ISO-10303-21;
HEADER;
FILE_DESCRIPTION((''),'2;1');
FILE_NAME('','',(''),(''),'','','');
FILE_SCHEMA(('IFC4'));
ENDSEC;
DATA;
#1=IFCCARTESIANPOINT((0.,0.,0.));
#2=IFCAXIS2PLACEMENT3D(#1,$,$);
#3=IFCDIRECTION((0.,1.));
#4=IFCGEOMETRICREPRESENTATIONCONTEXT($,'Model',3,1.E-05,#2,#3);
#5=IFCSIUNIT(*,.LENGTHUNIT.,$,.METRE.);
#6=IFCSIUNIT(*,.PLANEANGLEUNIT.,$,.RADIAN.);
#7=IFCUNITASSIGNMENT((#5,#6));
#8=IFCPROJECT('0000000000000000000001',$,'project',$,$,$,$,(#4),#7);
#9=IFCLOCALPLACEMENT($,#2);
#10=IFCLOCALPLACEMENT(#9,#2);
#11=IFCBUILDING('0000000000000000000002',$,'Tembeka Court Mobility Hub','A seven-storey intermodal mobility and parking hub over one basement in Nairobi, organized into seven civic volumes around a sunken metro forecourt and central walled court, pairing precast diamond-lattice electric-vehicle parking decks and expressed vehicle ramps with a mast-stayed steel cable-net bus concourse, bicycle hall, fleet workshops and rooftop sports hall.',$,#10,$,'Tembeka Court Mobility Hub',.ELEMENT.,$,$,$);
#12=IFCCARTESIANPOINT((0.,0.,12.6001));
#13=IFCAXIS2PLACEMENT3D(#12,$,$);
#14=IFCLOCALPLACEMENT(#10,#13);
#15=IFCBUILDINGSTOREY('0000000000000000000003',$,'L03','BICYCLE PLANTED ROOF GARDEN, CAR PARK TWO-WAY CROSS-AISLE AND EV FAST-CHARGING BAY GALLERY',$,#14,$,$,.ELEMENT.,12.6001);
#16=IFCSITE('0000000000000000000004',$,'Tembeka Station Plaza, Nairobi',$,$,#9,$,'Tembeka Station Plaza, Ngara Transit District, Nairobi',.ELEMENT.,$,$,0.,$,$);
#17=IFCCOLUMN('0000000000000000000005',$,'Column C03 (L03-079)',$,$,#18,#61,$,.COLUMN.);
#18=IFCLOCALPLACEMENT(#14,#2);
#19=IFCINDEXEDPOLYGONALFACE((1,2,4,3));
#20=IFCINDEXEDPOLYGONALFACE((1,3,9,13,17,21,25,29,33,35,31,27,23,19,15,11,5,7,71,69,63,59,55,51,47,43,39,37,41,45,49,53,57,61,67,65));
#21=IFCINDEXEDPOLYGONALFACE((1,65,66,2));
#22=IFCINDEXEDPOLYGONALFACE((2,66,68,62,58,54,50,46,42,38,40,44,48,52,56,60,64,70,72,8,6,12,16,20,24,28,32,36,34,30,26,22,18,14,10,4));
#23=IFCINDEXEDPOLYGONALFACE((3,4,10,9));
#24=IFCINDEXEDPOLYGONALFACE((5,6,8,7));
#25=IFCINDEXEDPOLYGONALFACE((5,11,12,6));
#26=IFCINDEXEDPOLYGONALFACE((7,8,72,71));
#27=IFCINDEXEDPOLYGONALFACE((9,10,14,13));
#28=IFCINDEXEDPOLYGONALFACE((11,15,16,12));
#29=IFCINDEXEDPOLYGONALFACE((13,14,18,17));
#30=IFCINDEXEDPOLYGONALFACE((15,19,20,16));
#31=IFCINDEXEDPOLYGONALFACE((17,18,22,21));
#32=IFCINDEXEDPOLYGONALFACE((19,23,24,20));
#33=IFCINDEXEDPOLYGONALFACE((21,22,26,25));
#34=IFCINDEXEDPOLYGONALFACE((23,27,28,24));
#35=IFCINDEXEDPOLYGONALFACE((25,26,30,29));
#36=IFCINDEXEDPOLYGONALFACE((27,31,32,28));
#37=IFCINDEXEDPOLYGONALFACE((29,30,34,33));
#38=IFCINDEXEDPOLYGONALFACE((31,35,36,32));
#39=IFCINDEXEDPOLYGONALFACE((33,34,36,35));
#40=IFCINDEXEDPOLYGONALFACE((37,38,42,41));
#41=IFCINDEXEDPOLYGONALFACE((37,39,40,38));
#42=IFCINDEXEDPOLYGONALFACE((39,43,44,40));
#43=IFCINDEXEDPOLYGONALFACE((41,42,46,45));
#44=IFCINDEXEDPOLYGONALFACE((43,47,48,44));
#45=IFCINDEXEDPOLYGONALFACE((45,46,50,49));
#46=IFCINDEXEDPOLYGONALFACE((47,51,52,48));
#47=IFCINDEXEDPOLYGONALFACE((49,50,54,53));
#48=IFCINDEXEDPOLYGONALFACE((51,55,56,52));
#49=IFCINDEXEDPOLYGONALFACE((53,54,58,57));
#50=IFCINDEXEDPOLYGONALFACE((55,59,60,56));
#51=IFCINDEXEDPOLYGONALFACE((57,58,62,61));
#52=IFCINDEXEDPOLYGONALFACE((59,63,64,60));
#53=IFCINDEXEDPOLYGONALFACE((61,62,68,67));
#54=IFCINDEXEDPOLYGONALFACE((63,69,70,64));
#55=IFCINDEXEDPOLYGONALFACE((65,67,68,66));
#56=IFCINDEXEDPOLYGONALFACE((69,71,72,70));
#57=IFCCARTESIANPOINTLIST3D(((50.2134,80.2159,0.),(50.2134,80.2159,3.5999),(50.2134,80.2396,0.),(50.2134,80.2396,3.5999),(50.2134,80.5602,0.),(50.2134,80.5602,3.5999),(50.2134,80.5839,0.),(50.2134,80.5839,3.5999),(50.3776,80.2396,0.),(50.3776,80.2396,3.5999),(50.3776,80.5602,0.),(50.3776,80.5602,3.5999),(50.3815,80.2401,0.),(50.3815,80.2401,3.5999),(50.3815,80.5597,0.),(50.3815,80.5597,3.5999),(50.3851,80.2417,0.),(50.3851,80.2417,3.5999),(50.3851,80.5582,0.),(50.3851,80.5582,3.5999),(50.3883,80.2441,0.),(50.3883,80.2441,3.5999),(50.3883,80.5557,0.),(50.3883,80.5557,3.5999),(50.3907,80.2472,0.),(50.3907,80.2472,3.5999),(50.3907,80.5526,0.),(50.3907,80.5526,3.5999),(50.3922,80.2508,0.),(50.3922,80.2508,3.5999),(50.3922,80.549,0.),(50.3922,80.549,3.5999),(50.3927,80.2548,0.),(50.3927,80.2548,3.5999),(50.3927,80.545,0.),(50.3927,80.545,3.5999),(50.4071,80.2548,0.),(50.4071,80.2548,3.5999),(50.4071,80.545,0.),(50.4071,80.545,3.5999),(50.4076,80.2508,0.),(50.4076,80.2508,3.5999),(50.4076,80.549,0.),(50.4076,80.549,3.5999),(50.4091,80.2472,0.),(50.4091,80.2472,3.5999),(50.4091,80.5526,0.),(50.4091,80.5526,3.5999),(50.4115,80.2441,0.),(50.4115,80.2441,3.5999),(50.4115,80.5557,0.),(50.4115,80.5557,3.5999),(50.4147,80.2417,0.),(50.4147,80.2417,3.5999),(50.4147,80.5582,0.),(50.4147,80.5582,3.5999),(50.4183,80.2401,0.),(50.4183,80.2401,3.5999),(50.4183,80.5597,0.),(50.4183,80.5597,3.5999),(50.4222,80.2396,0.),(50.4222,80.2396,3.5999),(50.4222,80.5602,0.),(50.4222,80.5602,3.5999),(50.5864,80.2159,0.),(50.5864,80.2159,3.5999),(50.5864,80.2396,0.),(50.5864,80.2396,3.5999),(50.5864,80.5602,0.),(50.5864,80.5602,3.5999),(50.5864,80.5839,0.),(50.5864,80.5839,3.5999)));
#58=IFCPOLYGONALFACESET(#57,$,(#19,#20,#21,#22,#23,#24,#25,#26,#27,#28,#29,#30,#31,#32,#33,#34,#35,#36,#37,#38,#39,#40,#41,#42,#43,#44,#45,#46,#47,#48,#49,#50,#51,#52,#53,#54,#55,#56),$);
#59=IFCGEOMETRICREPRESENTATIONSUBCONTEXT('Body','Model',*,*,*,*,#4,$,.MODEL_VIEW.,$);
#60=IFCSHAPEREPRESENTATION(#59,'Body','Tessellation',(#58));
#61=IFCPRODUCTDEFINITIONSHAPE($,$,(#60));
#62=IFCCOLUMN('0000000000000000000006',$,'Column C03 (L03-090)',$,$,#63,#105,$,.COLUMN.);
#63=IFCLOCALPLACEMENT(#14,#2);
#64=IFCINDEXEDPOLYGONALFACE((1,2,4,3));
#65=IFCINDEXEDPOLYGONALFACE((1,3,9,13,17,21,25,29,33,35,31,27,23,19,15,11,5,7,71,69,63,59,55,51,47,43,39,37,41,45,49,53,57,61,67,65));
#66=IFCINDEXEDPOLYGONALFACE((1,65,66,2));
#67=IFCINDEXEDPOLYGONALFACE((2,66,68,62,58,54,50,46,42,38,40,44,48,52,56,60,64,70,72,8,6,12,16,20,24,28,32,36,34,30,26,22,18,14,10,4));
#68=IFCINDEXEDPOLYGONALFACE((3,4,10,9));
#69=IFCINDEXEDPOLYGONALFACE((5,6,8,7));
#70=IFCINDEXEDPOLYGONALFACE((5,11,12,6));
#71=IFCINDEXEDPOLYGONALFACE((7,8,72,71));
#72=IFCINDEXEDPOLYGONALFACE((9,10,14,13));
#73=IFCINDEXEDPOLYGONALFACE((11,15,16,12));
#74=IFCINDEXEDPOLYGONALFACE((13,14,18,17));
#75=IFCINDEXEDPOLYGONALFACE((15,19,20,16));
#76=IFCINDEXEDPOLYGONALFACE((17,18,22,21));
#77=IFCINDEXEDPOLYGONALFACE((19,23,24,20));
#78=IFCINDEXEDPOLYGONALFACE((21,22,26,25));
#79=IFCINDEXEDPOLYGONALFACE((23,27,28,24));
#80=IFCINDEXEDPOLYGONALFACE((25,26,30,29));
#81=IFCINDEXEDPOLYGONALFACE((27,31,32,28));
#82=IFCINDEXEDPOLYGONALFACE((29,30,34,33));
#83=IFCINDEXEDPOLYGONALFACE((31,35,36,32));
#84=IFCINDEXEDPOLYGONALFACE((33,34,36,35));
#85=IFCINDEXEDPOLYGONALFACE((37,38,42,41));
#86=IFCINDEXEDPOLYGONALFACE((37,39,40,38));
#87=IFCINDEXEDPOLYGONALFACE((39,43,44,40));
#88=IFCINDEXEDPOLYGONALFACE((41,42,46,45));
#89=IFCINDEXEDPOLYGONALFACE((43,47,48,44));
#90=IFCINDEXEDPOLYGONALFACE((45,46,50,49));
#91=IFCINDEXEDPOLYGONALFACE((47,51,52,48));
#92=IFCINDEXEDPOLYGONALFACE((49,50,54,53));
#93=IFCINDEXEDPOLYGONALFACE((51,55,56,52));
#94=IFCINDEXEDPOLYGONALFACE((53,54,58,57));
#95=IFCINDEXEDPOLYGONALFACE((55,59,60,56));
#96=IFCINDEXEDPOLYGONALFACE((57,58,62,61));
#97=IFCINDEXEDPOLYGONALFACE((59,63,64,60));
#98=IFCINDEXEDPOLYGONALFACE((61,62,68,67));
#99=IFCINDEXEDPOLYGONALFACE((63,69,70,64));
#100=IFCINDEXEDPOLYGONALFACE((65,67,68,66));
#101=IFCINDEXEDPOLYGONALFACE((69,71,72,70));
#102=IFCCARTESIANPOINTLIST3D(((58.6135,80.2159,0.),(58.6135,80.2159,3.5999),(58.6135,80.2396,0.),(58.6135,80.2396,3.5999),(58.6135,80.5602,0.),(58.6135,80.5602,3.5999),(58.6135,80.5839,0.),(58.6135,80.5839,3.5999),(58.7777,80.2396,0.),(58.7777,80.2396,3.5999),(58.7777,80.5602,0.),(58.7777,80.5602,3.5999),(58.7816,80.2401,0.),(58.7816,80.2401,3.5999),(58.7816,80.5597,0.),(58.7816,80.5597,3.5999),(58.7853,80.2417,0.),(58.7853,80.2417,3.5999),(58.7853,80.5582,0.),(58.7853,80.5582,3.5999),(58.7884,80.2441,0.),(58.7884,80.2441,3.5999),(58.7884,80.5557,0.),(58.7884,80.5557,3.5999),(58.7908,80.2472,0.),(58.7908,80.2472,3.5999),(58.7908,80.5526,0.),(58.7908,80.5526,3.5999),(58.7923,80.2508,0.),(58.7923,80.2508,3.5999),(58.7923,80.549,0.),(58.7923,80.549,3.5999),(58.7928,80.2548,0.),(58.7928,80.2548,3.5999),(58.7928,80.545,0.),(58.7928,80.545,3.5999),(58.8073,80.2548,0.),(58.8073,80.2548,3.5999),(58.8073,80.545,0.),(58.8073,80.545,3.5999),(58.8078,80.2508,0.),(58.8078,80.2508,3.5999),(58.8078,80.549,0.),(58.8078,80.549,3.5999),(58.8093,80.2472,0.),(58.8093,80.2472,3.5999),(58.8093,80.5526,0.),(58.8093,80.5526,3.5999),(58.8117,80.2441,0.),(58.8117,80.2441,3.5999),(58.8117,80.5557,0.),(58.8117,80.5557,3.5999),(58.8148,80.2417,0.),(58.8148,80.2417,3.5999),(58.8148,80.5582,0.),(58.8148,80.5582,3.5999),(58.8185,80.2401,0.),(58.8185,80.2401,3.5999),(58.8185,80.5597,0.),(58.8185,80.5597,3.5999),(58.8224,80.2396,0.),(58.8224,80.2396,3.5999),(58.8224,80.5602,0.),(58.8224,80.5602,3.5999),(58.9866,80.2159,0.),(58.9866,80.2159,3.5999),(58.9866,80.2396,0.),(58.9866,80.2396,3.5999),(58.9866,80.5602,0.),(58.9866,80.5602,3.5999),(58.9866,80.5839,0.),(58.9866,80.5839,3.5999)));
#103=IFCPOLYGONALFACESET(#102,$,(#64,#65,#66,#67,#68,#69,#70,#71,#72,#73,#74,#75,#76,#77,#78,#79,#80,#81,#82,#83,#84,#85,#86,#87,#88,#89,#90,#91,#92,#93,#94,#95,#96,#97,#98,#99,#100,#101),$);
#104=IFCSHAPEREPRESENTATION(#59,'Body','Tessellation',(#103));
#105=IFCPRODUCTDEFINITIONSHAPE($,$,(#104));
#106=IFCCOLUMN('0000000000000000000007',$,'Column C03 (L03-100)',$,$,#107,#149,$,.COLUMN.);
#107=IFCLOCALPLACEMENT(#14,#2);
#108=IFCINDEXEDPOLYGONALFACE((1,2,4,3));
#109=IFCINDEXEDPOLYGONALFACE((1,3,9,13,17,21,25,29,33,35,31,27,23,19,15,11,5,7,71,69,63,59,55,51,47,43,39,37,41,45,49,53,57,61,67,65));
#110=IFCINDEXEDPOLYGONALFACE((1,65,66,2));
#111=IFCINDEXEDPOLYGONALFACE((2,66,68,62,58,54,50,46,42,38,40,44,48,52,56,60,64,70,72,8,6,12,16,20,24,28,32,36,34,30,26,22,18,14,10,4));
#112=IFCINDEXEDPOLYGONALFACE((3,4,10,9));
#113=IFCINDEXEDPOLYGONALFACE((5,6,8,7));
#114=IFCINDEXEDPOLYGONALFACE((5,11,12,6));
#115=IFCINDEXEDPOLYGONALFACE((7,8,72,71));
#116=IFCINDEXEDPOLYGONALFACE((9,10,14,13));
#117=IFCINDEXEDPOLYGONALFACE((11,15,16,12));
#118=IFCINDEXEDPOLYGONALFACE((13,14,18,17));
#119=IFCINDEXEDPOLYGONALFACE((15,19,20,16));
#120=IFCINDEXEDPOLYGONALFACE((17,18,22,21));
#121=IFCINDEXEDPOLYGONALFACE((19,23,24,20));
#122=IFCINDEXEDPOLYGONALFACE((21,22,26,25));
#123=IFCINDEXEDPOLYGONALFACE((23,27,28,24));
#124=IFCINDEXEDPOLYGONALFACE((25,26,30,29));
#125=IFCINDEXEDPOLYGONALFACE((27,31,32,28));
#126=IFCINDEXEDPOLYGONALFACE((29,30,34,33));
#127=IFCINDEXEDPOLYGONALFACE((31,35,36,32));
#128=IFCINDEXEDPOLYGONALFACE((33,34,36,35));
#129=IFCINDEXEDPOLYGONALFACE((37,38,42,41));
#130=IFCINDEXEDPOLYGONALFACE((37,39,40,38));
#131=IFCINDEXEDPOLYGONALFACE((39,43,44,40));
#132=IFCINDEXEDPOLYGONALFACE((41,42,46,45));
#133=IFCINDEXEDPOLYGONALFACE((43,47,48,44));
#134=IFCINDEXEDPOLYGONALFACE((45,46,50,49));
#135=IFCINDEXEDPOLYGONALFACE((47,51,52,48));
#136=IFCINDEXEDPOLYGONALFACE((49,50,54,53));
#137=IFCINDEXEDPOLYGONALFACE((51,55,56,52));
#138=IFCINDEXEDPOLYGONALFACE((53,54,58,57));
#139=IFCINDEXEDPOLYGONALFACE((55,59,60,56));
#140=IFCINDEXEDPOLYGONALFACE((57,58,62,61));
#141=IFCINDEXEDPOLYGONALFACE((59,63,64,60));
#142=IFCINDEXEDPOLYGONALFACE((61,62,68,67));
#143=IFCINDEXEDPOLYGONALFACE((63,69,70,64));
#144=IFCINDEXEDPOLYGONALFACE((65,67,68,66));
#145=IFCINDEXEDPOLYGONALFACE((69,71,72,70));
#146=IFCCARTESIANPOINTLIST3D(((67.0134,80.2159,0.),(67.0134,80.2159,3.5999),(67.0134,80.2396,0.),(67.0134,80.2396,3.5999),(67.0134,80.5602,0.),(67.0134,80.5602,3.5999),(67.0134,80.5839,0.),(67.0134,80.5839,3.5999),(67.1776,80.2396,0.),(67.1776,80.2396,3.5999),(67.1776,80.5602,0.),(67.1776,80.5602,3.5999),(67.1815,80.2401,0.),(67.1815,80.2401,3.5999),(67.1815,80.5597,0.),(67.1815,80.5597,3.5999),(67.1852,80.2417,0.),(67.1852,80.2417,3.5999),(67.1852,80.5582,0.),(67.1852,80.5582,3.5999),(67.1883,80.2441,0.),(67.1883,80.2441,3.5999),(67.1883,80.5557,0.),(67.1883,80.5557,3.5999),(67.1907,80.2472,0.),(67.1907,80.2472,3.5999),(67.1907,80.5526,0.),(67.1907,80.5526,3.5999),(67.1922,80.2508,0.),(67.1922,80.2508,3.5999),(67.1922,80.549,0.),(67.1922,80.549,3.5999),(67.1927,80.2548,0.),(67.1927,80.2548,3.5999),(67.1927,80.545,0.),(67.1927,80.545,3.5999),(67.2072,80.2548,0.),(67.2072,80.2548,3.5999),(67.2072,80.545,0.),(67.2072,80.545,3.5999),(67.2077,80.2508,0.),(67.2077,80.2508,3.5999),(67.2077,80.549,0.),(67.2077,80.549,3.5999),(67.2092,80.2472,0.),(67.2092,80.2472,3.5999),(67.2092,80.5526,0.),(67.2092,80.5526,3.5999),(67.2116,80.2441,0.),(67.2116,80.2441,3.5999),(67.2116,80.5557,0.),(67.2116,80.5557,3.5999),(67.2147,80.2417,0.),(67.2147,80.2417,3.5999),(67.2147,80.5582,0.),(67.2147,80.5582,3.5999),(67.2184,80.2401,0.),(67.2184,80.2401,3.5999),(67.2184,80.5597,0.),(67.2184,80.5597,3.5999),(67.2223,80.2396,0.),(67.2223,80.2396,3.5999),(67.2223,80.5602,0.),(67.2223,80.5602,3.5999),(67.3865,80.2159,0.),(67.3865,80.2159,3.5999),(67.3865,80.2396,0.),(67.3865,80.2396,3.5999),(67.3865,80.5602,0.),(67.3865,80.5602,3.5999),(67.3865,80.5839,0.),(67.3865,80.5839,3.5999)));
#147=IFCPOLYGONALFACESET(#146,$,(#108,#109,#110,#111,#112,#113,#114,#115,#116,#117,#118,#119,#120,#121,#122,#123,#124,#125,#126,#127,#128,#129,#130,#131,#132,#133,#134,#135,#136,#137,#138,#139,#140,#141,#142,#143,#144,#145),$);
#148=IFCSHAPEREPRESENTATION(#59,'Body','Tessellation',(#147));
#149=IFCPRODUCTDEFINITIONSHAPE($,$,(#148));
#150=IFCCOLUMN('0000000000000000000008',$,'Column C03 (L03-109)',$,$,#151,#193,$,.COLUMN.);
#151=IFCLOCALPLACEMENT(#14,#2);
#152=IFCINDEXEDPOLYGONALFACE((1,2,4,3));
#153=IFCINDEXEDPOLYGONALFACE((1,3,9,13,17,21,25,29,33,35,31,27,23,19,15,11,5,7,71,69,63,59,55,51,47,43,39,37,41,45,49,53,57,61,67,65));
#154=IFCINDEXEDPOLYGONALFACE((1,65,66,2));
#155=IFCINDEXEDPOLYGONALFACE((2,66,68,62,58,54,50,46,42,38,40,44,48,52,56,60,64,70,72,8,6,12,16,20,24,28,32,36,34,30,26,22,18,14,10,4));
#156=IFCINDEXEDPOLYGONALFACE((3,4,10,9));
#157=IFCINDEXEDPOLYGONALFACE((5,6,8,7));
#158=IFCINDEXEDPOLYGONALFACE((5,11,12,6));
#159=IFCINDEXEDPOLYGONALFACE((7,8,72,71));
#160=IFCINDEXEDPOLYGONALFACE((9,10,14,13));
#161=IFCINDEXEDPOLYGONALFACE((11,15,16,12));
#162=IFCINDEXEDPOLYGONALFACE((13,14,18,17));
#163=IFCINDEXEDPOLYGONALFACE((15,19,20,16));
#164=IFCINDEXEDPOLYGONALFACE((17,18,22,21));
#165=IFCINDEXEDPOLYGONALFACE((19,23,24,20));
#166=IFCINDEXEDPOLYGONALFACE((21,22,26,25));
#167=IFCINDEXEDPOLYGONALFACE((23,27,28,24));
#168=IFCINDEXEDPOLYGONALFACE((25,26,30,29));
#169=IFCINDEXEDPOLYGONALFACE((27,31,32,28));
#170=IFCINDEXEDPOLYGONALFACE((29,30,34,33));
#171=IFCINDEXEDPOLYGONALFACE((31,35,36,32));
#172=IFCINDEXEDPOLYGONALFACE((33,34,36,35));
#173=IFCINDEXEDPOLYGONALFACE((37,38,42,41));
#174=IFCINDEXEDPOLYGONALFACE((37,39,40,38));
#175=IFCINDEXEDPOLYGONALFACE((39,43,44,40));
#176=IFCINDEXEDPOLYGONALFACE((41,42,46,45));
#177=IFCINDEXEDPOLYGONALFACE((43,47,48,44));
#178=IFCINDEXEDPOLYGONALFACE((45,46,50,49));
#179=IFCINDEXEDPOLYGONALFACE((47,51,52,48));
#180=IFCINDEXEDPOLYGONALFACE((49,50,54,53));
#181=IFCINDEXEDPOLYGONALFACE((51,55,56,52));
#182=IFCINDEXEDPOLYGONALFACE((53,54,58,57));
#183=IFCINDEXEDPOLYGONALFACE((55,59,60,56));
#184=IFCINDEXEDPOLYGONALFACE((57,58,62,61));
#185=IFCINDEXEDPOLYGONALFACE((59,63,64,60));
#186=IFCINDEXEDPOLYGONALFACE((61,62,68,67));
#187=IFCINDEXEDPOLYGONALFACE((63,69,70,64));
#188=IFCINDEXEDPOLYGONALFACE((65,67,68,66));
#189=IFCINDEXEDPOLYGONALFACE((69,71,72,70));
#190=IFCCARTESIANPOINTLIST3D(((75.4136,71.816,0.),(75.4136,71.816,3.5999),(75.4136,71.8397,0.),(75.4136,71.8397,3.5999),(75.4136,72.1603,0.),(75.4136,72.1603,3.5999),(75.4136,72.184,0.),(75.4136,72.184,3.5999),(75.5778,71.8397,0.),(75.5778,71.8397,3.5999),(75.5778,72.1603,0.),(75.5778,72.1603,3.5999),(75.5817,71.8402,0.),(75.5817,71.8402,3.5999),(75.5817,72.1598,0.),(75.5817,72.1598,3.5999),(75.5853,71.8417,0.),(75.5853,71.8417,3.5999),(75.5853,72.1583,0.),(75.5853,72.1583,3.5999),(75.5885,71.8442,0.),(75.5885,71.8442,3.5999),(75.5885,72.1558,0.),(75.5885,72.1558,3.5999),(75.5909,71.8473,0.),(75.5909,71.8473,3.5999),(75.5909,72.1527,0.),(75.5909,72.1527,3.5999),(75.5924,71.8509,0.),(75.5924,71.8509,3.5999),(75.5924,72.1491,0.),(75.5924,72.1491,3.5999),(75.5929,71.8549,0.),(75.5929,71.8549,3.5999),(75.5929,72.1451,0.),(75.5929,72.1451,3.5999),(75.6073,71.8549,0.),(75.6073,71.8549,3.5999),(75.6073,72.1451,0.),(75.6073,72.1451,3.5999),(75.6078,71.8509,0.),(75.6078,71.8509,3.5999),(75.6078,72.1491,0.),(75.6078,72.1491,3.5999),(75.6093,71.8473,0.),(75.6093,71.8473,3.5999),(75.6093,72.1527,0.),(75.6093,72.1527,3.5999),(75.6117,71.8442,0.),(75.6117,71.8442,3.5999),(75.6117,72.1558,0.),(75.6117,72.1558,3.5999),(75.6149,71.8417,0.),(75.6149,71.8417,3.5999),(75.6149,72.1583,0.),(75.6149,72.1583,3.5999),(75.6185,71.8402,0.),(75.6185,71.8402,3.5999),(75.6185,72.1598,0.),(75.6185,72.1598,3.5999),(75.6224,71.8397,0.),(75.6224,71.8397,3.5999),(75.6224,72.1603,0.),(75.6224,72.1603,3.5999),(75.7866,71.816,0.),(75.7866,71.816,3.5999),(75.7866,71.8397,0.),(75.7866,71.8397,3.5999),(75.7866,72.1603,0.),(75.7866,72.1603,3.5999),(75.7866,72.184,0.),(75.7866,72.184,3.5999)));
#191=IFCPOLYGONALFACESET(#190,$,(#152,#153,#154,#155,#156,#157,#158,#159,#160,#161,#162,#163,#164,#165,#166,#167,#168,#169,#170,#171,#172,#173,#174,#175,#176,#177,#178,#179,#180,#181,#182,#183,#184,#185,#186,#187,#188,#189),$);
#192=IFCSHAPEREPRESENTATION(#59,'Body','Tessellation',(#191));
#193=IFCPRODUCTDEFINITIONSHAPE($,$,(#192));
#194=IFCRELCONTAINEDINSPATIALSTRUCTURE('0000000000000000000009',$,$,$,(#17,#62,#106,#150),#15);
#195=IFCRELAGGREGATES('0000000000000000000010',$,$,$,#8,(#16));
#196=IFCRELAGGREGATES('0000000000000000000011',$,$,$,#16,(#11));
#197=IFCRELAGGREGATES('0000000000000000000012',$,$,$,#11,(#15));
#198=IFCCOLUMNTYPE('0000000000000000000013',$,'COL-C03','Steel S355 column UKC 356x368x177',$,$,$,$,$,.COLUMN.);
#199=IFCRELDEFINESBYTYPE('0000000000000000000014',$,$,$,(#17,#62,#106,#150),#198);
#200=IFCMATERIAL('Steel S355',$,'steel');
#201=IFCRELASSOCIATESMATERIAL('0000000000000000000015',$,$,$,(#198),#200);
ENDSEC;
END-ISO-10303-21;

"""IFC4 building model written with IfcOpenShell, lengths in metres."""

from ifc_helpers import new_model, si_unit, direction, frame, origin, origin_2d, place, context, subcontext, project, spatial, i_section, extrude, material, material_profile, profile_set, type_object, element, save


model = new_model("IFC4")

# Units and contexts
model_context = context("Model", 3, precision=1e-05, world=origin(), true_north=direction((0.0, 1.0)))
body_context = subcontext(model_context, "Body", "Model", "MODEL_VIEW")
ifc_project = project(units=[si_unit("LENGTHUNIT", "METRE"), si_unit("PLANEANGLEUNIT", "RADIAN")], contexts=[model_context])

# Site, building, storey
site_placement = place(None, origin())
site = spatial("IfcSite", under=ifc_project, at=site_placement, Name="Tembeka Station Plaza, Nairobi", LongName="Tembeka Station Plaza, Ngara Transit District, Nairobi", CompositionType="ELEMENT", RefElevation=0.0)
building_placement = place(site_placement, origin())
building = spatial("IfcBuilding", under=site, at=building_placement, Name="Tembeka Court Mobility Hub", Description="A seven-storey intermodal mobility and parking hub over one basement in Nairobi, organized into seven civic volumes around a sunken metro forecourt and central walled court, pairing precast diamond-lattice electric-vehicle parking decks and expressed vehicle ramps with a mast-stayed steel cable-net bus concourse, bicycle hall, fleet workshops and rooftop sports hall.", LongName="Tembeka Court Mobility Hub", CompositionType="ELEMENT")
storey_placement = place(building_placement, frame((0.0, 0.0, 12.6001)))
storey = spatial("IfcBuildingStorey", under=building, at=storey_placement, Name="L03", Description="BICYCLE PLANTED ROOF GARDEN, CAR PARK TWO-WAY CROSS-AISLE AND EV FAST-CHARGING BAY GALLERY", CompositionType="ELEMENT", Elevation=12.6001)

# Columns
ifc_material = material(Name="Steel S355", Category="steel")
ifc_material_profile_1 = material_profile(ifc_material, i_section(OverallWidth=0.373, OverallDepth=0.3679, WebThickness=0.0144, FlangeThickness=0.0237, FilletRadius=0.0151, at=origin_2d()), Name="UKC 356x368x177")
ifc_profile_set_1 = profile_set([ifc_material_profile_1], Name="Steel S355")
column_type = type_object("IfcColumnType", Name="COL-C03", Description="Steel S355 column UKC 356x368x177", PredefinedType="COLUMN", material=ifc_profile_set_1)
for number, where, z_axis, x_axis, name in (
    (1, (50.3999, 80.3999, 0.0), (0.0, 0.0, 1.0), (1.0, 0.0, 0.0), "Column C03 (L03-079)"),
    (2, (58.8, 80.3999, 0.0), (0.0, 0.0, 1.0), (1.0, 0.0, 0.0), "Column C03 (L03-090)"),
    (3, (67.2, 80.3999, 0.0), (0.0, 0.0, 1.0), (1.0, 0.0, 0.0), "Column C03 (L03-100)"),
    (4, (75.6001, 72.0, 0.0), (0.0, 0.0, 1.0), (1.0, 0.0, 0.0), "Column C03 (L03-109)"),
):
    element("IfcColumn", number, at=place(storey_placement, frame(where, z_axis=z_axis, x_axis=x_axis)), inside=storey, type_object=column_type, Name=name, PredefinedType="COLUMN", context=body_context, shape_type="SweptSolid", body=[
        extrude(i_section(OverallWidth=0.373, OverallDepth=0.3679, WebThickness=0.0144, FlangeThickness=0.0237, FilletRadius=0.0151, at=origin_2d()), origin(), (0.0, 0.0, 1.0), 3.5999),
    ])

save(model, "model.ifc")
